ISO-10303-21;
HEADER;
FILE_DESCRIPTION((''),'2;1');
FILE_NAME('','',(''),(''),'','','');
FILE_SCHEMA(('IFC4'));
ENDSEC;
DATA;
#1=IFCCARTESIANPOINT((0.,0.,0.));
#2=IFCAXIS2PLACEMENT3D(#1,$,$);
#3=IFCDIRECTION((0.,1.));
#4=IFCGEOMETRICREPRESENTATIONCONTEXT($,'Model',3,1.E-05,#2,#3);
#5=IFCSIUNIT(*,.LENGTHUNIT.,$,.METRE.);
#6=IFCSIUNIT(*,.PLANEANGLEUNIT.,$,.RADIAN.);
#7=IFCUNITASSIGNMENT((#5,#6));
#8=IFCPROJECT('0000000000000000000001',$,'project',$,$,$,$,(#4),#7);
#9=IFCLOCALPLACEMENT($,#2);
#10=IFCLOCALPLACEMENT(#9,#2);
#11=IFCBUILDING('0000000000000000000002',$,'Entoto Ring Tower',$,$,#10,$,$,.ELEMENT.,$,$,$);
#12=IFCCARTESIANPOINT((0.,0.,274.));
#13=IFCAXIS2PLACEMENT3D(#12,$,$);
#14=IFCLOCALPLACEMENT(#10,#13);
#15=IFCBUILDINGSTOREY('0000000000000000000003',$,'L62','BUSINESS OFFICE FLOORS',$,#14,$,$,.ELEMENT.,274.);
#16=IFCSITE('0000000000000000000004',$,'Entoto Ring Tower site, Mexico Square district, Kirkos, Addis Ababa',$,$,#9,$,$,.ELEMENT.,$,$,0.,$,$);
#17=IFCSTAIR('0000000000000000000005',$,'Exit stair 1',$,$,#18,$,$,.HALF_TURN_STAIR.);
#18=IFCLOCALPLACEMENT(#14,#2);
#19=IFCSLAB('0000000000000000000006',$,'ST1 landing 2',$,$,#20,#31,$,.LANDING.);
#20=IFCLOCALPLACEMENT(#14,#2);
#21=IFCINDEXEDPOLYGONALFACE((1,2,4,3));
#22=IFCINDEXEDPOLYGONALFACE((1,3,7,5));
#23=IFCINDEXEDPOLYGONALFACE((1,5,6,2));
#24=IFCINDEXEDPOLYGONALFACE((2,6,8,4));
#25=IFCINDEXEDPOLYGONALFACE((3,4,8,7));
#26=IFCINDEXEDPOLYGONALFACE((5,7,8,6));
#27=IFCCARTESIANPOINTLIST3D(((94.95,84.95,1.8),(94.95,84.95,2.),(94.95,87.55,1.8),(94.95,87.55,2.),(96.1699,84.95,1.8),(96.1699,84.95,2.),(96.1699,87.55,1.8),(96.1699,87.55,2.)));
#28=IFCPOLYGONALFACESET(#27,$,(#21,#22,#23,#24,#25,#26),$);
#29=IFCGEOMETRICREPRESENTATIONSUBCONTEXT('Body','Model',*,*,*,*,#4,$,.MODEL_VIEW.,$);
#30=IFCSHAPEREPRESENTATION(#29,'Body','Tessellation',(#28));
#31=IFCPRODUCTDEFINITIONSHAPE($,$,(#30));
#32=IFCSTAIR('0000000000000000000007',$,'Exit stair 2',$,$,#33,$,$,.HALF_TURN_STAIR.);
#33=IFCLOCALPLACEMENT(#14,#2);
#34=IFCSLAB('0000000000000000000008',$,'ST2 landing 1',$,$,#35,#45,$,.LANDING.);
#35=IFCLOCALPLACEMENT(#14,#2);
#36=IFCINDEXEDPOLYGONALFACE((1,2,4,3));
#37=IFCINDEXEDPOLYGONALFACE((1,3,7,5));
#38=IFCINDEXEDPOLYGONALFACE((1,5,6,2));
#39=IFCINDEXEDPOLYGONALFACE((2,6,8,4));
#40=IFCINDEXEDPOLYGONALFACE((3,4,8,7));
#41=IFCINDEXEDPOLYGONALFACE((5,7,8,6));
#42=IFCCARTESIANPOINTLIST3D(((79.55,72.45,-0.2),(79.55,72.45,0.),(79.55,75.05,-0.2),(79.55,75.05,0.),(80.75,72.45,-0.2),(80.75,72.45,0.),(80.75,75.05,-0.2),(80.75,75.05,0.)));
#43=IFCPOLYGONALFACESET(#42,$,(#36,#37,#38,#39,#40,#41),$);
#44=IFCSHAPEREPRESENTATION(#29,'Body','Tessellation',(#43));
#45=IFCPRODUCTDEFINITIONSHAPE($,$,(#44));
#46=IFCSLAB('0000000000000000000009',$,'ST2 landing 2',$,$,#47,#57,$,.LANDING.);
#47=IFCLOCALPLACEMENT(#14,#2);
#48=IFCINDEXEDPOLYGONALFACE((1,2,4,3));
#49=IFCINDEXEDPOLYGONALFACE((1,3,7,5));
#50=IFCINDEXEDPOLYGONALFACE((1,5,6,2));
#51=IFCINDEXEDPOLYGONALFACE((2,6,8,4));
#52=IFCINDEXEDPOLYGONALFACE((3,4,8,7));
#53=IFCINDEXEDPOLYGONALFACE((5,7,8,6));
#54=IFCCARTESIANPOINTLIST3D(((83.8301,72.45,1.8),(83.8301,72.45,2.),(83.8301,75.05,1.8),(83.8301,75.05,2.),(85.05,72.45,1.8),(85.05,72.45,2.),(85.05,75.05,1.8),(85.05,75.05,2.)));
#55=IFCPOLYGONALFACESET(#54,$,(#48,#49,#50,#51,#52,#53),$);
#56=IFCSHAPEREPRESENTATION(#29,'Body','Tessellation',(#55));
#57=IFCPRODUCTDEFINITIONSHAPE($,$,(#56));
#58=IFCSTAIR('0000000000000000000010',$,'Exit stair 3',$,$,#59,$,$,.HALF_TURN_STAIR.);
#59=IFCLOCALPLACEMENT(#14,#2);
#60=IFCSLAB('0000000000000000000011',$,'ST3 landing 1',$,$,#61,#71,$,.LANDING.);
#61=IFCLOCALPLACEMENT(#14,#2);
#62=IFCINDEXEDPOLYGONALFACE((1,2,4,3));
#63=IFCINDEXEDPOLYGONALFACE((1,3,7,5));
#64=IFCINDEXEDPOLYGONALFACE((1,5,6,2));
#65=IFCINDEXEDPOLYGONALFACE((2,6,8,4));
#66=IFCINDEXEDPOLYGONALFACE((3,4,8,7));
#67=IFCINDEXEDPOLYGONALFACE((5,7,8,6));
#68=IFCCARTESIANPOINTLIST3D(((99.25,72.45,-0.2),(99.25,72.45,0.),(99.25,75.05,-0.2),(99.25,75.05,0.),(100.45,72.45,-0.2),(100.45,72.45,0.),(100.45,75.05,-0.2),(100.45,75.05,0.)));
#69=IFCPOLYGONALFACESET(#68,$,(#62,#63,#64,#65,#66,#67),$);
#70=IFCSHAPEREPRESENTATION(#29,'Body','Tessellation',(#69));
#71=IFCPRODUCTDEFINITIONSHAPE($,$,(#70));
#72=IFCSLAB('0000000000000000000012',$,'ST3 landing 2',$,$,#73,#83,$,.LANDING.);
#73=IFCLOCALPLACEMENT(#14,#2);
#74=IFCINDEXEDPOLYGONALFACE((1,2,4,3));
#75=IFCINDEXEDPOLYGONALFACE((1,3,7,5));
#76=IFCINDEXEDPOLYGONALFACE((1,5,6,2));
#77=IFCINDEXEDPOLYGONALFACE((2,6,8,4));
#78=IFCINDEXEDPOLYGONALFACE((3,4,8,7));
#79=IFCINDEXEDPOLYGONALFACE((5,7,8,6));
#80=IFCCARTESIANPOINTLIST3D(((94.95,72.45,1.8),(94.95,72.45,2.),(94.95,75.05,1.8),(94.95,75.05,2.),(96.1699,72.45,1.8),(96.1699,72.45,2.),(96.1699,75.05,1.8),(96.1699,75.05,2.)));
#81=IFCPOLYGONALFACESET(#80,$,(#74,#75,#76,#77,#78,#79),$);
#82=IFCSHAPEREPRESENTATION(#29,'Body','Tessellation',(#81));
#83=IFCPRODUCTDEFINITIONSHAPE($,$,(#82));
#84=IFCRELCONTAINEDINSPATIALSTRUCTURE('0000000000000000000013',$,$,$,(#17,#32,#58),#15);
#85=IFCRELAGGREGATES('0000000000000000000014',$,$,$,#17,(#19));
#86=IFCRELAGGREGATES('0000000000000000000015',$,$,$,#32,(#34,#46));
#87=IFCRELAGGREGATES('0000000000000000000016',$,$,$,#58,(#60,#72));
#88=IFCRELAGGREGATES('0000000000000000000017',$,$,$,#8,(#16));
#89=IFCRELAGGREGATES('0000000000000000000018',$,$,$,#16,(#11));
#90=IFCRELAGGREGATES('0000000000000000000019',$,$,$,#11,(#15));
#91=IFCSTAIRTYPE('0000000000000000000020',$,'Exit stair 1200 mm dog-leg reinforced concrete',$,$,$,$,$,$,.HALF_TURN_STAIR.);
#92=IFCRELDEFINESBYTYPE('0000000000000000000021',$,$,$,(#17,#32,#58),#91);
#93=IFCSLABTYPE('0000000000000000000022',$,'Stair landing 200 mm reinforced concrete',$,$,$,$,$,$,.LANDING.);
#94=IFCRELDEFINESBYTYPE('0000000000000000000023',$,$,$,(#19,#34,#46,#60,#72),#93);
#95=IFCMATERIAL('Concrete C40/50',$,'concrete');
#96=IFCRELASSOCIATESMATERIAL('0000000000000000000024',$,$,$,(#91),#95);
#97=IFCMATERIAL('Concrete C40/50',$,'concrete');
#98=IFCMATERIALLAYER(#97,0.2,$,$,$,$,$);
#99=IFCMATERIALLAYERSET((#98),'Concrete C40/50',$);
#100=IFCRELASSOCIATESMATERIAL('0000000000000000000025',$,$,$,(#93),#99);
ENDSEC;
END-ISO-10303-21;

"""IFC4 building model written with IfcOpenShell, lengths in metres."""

from ifc_helpers import new_model, si_unit, direction, frame, origin, place, context, subcontext, project, spatial, polyline, outline, extrude, material, layer, layer_set, type_object, element, aggregate, save


model = new_model("IFC4")

# Units and contexts
model_context = context("Model", 3, precision=1e-05, world=origin(), true_north=direction((0.0, 1.0)))
body_context = subcontext(model_context, "Body", "Model", "MODEL_VIEW")
ifc_project = project(units=[si_unit("LENGTHUNIT", "METRE"), si_unit("PLANEANGLEUNIT", "RADIAN")], contexts=[model_context])

# Site, building, storey
site_placement = place(None, origin())
site = spatial("IfcSite", under=ifc_project, at=site_placement, Name="Entoto Ring Tower site, Mexico Square district, Kirkos, Addis Ababa", CompositionType="ELEMENT", RefElevation=0.0)
building_placement = place(site_placement, origin())
building = spatial("IfcBuilding", under=site, at=building_placement, Name="Entoto Ring Tower", CompositionType="ELEMENT")
storey_placement = place(building_placement, frame((0.0, 0.0, 274.0)))
storey = spatial("IfcBuildingStorey", under=building, at=storey_placement, Name="L62", Description="BUSINESS OFFICE FLOORS", CompositionType="ELEMENT", Elevation=274.0)

# Stairs, slabs
ifc_material_1 = material(Name="Concrete C40/50", Category="concrete")
stair_type = type_object("IfcStairType", Name="Exit stair 1200 mm dog-leg reinforced concrete", PredefinedType="HALF_TURN_STAIR", material=ifc_material_1)
stair_1_placement = place(storey_placement, origin())
stair_1 = element("IfcStair", 1, at=stair_1_placement, inside=storey, type_object=stair_type, Name="Exit stair 1", PredefinedType="HALF_TURN_STAIR")
ifc_material_2 = material(Name="Concrete C40/50", Category="concrete")
ifc_layer_1 = layer(ifc_material_2, 0.2)
ifc_layer_set_1 = layer_set([ifc_layer_1], Name="Concrete C40/50")
slab_type_1 = type_object("IfcSlabType", Name="Stair landing 200 mm reinforced concrete", PredefinedType="LANDING", material=ifc_layer_set_1)
slab_1_placement = place(storey_placement, frame((0.0, 0.0, 1.8)))
slab_1 = element("IfcSlab", 2, at=slab_1_placement, type_object=slab_type_1, Name="ST1 landing 2", PredefinedType="LANDING", context=body_context, shape_type="SweptSolid", body=[
    extrude(outline(polyline([(94.95, 84.95), (96.1699, 84.95), (96.1699, 87.55), (94.95, 87.55), (94.95, 84.95)])), origin(), (0.0, 0.0, 1.0), 0.2),
])
aggregate(stair_1, [slab_1])
stair_2_placement = place(storey_placement, origin())
stair_2 = element("IfcStair", 3, at=stair_2_placement, inside=storey, type_object=stair_type, Name="Exit stair 2", PredefinedType="HALF_TURN_STAIR")
slab_2_placement = place(storey_placement, frame((0.0, 0.0, -0.2)))
slab_2 = element("IfcSlab", 4, at=slab_2_placement, type_object=slab_type_1, Name="ST2 landing 1", PredefinedType="LANDING", context=body_context, shape_type="SweptSolid", body=[
    extrude(outline(polyline([(80.75, 72.45), (80.75, 75.05), (79.55, 75.05), (79.55, 72.45), (80.75, 72.45)])), origin(), (0.0, 0.0, 1.0), 0.2),
])
slab_3_placement = place(storey_placement, frame((0.0, 0.0, 1.8)))
slab_3 = element("IfcSlab", 5, at=slab_3_placement, type_object=slab_type_1, Name="ST2 landing 2", PredefinedType="LANDING", context=body_context, shape_type="SweptSolid", body=[
    extrude(outline(polyline([(83.8301, 72.45), (85.05, 72.45), (85.05, 75.05), (83.8301, 75.05), (83.8301, 72.45)])), origin(), (0.0, 0.0, 1.0), 0.2),
])
aggregate(stair_2, [slab_2, slab_3])
stair_3_placement = place(storey_placement, origin())
stair_3 = element("IfcStair", 6, at=stair_3_placement, inside=storey, type_object=stair_type, Name="Exit stair 3", PredefinedType="HALF_TURN_STAIR")
slab_4_placement = place(storey_placement, frame((0.0, 0.0, -0.2)))
slab_4 = element("IfcSlab", 7, at=slab_4_placement, type_object=slab_type_1, Name="ST3 landing 1", PredefinedType="LANDING", context=body_context, shape_type="SweptSolid", body=[
    extrude(outline(polyline([(100.45, 72.45), (100.45, 75.05), (99.25, 75.05), (99.25, 72.45), (100.45, 72.45)])), origin(), (0.0, 0.0, 1.0), 0.2),
])
slab_5_placement = place(storey_placement, frame((0.0, 0.0, 1.8)))
slab_5 = element("IfcSlab", 8, at=slab_5_placement, type_object=slab_type_1, Name="ST3 landing 2", PredefinedType="LANDING", context=body_context, shape_type="SweptSolid", body=[
    extrude(outline(polyline([(94.95, 72.45), (96.1699, 72.45), (96.1699, 75.05), (94.95, 75.05), (94.95, 72.45)])), origin(), (0.0, 0.0, 1.0), 0.2),
])
aggregate(stair_3, [slab_4, slab_5])

save(model, "model.ifc")
